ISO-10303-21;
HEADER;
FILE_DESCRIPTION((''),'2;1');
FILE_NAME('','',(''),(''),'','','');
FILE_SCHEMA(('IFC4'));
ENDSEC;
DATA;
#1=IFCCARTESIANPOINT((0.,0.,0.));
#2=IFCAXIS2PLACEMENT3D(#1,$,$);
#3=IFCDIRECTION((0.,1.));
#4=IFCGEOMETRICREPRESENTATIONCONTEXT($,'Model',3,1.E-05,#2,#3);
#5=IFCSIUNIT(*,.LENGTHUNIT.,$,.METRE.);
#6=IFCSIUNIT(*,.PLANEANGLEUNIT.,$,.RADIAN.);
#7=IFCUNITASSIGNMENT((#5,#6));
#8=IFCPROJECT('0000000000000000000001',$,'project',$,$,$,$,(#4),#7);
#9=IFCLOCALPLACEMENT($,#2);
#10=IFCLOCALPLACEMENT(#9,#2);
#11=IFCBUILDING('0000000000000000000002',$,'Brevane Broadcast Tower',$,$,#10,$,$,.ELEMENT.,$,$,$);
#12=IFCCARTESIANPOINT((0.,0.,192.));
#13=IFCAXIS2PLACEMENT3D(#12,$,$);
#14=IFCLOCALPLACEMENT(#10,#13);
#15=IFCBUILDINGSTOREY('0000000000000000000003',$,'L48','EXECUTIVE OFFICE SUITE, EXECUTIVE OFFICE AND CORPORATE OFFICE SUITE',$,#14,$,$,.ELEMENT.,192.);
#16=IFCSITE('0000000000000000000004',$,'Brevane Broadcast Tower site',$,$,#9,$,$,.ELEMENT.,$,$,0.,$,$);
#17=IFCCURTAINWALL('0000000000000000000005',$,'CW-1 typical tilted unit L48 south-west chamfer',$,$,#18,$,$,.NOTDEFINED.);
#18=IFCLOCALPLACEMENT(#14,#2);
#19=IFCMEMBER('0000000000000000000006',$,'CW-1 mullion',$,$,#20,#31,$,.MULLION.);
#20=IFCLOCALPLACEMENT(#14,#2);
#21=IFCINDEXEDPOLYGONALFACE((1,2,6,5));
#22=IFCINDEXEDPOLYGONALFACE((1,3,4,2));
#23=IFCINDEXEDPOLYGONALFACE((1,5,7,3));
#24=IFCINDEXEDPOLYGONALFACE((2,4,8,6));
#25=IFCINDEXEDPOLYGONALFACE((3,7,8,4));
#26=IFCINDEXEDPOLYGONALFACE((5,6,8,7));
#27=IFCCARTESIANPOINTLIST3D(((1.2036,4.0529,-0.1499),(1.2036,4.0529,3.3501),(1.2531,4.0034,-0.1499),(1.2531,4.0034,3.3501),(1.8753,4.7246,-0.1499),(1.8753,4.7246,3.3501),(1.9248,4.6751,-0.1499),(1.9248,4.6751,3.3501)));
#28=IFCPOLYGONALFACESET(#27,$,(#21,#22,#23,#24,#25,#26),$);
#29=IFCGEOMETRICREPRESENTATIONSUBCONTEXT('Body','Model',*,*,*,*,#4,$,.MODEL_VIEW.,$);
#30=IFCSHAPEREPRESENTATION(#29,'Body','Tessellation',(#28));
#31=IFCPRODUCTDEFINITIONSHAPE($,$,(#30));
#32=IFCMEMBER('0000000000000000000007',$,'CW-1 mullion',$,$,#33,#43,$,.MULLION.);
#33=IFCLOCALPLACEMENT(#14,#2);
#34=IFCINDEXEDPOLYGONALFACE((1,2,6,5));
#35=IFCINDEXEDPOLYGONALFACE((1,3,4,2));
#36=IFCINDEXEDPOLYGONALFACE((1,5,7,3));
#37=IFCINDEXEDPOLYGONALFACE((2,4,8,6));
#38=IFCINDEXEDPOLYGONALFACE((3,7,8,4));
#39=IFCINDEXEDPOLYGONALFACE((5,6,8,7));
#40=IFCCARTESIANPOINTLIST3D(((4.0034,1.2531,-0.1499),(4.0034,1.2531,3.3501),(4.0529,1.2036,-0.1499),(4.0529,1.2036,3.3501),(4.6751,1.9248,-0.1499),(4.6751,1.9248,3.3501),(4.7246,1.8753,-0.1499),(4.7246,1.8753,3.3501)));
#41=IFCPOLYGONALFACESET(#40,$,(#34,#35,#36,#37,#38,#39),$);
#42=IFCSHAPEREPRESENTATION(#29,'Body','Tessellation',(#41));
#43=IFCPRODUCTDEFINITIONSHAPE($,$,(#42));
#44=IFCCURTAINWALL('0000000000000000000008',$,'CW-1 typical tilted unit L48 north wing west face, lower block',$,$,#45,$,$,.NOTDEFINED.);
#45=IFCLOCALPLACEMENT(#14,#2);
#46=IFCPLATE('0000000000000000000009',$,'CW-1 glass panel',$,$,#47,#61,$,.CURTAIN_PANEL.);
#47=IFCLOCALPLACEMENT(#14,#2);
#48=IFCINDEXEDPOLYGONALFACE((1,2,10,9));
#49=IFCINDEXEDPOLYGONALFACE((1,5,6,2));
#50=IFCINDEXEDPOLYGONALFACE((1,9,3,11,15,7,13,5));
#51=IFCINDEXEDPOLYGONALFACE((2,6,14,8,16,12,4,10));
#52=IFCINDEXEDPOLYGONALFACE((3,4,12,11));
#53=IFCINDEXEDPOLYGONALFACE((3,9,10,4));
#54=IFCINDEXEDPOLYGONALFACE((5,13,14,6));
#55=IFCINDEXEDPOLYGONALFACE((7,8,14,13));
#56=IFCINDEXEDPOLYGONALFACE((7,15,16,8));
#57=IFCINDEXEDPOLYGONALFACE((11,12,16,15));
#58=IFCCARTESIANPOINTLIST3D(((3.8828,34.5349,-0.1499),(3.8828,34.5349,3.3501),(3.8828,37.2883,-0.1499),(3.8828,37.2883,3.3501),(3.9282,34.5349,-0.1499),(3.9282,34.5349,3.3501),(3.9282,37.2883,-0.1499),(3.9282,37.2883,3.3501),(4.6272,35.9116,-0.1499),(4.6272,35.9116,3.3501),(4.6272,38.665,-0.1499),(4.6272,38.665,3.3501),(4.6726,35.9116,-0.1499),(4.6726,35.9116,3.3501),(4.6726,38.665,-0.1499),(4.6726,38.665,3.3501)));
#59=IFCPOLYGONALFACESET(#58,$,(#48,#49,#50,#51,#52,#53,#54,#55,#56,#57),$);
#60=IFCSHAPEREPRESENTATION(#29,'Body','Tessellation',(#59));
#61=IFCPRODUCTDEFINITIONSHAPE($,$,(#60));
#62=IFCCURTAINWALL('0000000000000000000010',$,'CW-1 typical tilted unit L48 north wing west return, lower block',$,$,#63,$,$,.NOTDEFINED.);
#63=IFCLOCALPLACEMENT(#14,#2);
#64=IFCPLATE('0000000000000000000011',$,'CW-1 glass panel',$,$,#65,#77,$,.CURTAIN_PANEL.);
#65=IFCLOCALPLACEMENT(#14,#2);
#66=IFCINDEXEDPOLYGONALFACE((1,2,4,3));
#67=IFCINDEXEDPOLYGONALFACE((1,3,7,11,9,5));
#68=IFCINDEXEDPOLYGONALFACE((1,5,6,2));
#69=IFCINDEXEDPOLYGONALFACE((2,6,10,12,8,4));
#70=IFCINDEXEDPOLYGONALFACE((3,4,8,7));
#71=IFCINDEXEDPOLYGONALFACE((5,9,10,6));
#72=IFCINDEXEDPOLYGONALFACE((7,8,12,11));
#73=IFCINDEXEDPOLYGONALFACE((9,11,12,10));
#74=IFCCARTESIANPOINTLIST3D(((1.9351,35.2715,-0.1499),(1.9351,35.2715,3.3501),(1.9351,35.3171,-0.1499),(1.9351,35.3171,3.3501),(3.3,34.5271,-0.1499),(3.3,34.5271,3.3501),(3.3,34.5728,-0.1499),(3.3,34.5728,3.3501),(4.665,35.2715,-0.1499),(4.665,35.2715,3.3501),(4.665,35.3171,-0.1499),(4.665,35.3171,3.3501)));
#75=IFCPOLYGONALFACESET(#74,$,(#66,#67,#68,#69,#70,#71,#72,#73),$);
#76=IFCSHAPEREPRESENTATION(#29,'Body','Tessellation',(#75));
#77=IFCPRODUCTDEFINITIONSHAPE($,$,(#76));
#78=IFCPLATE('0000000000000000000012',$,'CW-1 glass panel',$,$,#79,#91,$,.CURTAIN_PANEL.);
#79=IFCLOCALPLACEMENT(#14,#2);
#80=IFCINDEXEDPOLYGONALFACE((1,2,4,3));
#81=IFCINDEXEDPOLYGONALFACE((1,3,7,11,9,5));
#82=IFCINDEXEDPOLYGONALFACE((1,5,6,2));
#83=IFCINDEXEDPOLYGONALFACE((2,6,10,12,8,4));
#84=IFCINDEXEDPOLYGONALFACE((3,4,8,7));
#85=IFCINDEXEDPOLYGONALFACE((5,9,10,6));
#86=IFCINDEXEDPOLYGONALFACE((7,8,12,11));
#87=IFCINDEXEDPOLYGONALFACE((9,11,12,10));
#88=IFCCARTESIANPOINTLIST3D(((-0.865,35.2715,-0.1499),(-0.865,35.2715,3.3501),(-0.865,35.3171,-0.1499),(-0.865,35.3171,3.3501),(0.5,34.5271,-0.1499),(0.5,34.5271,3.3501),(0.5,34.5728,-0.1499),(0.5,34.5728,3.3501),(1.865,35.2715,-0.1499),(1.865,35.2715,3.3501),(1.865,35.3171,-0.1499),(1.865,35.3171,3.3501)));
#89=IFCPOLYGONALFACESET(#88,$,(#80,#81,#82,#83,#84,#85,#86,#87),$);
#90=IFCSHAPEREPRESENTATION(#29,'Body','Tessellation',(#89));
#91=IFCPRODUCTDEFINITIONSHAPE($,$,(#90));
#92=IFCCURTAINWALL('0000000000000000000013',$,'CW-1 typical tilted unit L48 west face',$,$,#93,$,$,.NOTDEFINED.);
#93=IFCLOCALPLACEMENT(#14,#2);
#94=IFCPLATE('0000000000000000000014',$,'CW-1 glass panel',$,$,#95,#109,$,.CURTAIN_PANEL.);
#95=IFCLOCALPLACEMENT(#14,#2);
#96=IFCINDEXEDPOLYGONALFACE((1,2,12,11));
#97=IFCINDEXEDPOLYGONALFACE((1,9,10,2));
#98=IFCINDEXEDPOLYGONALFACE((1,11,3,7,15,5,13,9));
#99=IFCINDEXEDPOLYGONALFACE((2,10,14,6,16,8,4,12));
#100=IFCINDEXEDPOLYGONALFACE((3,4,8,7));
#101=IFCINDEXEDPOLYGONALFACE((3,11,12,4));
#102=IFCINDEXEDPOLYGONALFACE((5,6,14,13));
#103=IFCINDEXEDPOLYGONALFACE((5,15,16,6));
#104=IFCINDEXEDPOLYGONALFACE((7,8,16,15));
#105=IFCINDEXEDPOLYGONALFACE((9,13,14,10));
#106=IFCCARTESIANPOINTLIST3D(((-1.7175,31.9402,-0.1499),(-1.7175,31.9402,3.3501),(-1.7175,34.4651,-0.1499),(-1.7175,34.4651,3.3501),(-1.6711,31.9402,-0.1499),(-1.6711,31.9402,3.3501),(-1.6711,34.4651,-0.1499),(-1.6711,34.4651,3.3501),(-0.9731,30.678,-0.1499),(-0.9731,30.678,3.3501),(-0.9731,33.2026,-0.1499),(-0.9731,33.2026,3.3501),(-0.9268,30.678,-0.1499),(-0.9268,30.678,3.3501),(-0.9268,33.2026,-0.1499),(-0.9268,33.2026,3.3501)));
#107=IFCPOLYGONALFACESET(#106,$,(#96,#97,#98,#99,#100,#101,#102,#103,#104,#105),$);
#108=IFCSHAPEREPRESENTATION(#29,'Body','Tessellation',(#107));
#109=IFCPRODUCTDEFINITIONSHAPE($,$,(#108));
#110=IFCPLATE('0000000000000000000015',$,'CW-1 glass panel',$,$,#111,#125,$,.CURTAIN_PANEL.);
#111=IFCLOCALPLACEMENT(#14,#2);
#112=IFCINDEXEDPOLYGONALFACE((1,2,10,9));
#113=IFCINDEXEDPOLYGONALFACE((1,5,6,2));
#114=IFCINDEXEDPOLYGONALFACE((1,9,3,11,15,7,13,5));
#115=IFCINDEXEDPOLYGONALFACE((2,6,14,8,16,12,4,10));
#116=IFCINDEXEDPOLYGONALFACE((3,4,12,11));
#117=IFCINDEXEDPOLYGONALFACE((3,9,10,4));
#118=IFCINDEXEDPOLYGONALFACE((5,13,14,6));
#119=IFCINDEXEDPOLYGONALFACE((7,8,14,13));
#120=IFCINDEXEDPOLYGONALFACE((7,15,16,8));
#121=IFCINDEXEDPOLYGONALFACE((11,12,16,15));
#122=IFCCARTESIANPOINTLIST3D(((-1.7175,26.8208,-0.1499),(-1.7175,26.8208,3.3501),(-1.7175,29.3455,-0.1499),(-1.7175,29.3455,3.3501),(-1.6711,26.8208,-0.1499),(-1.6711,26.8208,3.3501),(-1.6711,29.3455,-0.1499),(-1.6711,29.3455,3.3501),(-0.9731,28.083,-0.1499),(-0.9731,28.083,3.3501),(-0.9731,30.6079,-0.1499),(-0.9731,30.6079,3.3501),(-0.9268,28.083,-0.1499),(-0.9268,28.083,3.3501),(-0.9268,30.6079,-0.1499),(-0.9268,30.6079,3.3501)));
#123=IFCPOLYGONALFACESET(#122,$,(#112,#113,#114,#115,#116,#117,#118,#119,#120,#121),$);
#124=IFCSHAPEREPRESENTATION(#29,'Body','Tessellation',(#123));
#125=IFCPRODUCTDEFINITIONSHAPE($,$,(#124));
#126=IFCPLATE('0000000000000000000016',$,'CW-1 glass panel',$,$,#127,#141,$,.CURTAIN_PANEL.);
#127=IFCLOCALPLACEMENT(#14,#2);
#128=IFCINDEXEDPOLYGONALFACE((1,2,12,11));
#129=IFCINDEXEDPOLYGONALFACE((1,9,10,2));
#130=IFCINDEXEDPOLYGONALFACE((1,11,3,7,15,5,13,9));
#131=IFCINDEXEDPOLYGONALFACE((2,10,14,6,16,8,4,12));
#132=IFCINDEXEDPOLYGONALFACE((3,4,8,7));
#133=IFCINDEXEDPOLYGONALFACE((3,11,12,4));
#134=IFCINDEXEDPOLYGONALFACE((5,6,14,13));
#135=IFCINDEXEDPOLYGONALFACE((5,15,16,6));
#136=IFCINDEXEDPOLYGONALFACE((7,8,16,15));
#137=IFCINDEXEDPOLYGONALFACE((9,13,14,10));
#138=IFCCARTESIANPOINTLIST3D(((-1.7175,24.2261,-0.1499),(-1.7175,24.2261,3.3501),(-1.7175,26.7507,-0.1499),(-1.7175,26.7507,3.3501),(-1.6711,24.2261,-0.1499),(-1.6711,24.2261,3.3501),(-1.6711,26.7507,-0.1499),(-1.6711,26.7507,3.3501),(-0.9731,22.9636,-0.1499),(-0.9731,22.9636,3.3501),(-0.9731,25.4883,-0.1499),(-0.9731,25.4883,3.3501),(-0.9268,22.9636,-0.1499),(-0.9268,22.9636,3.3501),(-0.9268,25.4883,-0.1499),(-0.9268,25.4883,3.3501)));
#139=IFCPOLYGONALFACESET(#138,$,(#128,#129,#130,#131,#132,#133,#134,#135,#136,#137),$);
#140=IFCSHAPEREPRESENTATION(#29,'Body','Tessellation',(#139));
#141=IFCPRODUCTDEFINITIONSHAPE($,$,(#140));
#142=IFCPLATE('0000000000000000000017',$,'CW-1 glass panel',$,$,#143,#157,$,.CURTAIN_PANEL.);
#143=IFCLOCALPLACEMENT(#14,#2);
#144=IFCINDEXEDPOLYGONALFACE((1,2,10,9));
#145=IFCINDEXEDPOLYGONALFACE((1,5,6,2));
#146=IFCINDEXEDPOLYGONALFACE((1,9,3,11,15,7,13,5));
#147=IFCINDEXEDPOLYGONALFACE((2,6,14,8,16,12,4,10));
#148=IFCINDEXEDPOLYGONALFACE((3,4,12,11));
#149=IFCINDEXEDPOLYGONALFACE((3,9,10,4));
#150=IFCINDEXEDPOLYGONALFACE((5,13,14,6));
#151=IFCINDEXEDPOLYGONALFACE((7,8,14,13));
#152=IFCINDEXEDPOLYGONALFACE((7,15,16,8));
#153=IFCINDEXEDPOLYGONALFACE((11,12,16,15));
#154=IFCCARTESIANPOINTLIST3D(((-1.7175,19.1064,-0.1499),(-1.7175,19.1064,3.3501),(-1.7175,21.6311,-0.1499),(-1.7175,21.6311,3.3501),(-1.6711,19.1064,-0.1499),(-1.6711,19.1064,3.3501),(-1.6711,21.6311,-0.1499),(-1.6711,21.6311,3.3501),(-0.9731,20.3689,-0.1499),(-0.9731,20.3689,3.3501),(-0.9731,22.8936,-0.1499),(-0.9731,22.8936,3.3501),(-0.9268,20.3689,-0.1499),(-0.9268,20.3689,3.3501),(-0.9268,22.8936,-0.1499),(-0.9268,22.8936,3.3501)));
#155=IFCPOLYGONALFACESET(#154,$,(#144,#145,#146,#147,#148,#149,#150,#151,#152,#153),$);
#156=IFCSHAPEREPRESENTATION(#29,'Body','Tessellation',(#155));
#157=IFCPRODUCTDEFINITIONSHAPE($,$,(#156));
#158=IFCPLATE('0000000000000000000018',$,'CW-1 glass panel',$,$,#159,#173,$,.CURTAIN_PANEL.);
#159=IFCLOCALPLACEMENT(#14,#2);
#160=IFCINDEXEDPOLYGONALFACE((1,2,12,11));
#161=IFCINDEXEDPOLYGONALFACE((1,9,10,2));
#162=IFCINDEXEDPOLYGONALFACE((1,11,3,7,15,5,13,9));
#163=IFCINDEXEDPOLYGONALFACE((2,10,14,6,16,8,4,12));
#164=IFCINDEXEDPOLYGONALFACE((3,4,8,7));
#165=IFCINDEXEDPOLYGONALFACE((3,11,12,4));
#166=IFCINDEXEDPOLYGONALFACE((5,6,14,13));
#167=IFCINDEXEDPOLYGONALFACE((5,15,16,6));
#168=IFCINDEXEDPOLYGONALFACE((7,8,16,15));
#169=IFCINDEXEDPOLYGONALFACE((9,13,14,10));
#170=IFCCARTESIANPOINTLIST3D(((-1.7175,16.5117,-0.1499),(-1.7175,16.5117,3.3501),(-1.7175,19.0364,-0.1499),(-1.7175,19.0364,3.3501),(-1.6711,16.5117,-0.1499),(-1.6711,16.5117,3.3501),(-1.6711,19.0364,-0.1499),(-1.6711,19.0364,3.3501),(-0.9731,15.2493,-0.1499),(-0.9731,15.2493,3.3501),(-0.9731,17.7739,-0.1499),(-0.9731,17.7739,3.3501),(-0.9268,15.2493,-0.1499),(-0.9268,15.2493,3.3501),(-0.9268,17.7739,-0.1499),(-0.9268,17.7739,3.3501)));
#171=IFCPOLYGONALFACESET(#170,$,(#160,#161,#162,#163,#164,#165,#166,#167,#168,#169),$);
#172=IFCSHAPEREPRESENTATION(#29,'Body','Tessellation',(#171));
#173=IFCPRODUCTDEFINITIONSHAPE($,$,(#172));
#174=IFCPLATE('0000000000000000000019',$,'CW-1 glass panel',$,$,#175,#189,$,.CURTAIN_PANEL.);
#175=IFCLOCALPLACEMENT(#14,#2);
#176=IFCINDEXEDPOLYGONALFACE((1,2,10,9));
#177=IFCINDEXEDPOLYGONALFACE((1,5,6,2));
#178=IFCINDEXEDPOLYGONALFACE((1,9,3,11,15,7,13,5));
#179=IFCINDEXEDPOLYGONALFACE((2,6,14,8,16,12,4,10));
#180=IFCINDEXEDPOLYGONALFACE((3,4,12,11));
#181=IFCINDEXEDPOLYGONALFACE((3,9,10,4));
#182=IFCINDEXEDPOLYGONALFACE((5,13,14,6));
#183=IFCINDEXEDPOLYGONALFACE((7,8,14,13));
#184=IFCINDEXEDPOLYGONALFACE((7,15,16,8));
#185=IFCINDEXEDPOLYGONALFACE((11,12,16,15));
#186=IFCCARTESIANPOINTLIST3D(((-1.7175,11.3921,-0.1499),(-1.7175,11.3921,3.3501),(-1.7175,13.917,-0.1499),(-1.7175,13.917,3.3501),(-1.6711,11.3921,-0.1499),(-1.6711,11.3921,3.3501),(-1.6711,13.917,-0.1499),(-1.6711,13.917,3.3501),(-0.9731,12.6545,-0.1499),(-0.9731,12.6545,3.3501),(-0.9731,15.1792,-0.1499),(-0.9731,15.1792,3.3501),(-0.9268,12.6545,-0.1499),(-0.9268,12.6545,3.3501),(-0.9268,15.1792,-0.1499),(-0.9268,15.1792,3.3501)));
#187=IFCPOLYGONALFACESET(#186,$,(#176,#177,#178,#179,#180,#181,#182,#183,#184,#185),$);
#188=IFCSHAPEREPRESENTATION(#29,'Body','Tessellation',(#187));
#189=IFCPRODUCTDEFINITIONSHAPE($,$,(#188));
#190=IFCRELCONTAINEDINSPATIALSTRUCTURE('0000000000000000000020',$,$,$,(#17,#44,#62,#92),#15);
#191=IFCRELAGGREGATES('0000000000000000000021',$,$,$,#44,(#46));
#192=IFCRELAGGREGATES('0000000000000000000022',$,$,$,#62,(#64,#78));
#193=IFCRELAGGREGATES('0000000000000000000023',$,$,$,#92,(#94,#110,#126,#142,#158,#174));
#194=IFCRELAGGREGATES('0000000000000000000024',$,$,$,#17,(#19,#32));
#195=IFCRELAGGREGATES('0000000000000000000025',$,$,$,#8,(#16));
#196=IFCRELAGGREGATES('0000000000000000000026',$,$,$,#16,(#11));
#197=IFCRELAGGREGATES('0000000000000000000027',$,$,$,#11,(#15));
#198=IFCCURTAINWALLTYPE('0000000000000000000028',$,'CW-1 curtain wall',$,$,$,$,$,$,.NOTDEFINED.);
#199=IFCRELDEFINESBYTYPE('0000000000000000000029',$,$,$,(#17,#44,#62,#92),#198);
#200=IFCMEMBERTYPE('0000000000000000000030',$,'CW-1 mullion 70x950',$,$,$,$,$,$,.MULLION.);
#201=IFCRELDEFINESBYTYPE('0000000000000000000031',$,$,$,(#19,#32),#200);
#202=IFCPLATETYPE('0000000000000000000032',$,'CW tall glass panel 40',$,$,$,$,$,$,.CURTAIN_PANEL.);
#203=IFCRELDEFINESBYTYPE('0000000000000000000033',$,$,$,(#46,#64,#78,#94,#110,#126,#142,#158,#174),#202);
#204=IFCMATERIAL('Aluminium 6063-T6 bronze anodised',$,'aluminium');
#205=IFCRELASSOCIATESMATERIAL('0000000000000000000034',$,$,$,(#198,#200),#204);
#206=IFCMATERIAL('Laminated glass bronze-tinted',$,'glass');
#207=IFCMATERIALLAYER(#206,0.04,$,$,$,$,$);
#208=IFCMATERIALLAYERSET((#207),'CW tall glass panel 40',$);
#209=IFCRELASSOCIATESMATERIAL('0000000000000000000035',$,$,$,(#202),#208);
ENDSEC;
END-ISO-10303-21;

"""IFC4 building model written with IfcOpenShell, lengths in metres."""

from ifc_helpers import new_model, si_unit, direction, frame, origin, origin_2d, place, context, subcontext, project, spatial, polyline, rectangle, outline, extrude, material, layer, layer_set, material_profile, profile_set, type_object, element, aggregate, save


model = new_model("IFC4")

# Units and contexts
model_context = context("Model", 3, precision=1e-05, world=origin(), true_north=direction((0.0, 1.0)))
body_context = subcontext(model_context, "Body", "Model", "MODEL_VIEW")
ifc_project = project(units=[si_unit("LENGTHUNIT", "METRE"), si_unit("PLANEANGLEUNIT", "RADIAN")], contexts=[model_context])

# Site, building, storey
site_placement = place(None, origin())
site = spatial("IfcSite", under=ifc_project, at=site_placement, Name="Brevane Broadcast Tower site", CompositionType="ELEMENT", RefElevation=0.0)
building_placement = place(site_placement, origin())
building = spatial("IfcBuilding", under=site, at=building_placement, Name="Brevane Broadcast Tower", CompositionType="ELEMENT")
storey_placement = place(building_placement, frame((0.0, 0.0, 192.0)))
storey = spatial("IfcBuildingStorey", under=building, at=storey_placement, Name="L48", Description="EXECUTIVE OFFICE SUITE, EXECUTIVE OFFICE AND CORPORATE OFFICE SUITE", CompositionType="ELEMENT", Elevation=192.0)

# Curtain wall, members
ifc_material_1 = material(Name="Aluminium 6063-T6 bronze anodised", Category="aluminium")
curtain_wall_type = type_object("IfcCurtainWallType", Name="CW-1 curtain wall", PredefinedType="NOTDEFINED", material=ifc_material_1)
curtain_wall_1_placement = place(storey_placement, origin())
curtain_wall_1 = element("IfcCurtainWall", 1, at=curtain_wall_1_placement, inside=storey, type_object=curtain_wall_type, Name="CW-1 typical tilted unit L48 south-west chamfer", PredefinedType="NOTDEFINED")
ifc_material_profile = material_profile(ifc_material_1, rectangle(XDim=0.95, YDim=0.0701, at=origin_2d()), Name="RECT 70x950")
ifc_profile_set = profile_set([ifc_material_profile], Name="Aluminium 6063-T6 bronze anodised")
member_type = type_object("IfcMemberType", Name="CW-1 mullion 70x950", PredefinedType="MULLION", material=ifc_profile_set)
member_1_placement = place(storey_placement, frame((1.5642, 4.364, -0.1499), z_axis=(0.0, 0.0, 1.0), x_axis=(0.707107, 0.707107, 0.0)))
member_1 = element("IfcMember", 2, at=member_1_placement, type_object=member_type, Name="CW-1 mullion", PredefinedType="MULLION", context=body_context, shape_type="SweptSolid", body=[
    extrude(rectangle(XDim=0.95, YDim=0.0701, at=origin_2d()), origin(), (0.0, 0.0, 1.0), 3.5),
])
member_2_placement = place(storey_placement, frame((4.364, 1.5642, -0.1499), z_axis=(0.0, 0.0, 1.0), x_axis=(0.707107, 0.707107, 0.0)))
member_2 = element("IfcMember", 3, at=member_2_placement, type_object=member_type, Name="CW-1 mullion", PredefinedType="MULLION", context=body_context, shape_type="SweptSolid", body=[
    extrude(rectangle(XDim=0.95, YDim=0.0701, at=origin_2d()), origin(), (0.0, 0.0, 1.0), 3.5),
])

# Curtain wall, plate
curtain_wall_2_placement = place(storey_placement, origin())
curtain_wall_2 = element("IfcCurtainWall", 4, at=curtain_wall_2_placement, inside=storey, type_object=curtain_wall_type, Name="CW-1 typical tilted unit L48 north wing west face, lower block", PredefinedType="NOTDEFINED")
ifc_material_2 = material(Name="Laminated glass bronze-tinted", Category="glass")
ifc_layer_1 = layer(ifc_material_2, 0.04)
ifc_layer_set_1 = layer_set([ifc_layer_1], Name="CW tall glass panel 40")
plate_type = type_object("IfcPlateType", Name="CW tall glass panel 40", PredefinedType="CURTAIN_PANEL", material=ifc_layer_set_1)
plate_1_placement = place(storey_placement, frame((0.0, 0.0, -0.1499)))
plate_1 = element("IfcPlate", 5, at=plate_1_placement, type_object=plate_type, Name="CW-1 glass panel", PredefinedType="CURTAIN_PANEL", context=body_context, shape_type="SweptSolid", body=[
    extrude(outline(polyline([(4.6726, 38.665), (4.6272, 38.665), (3.8828, 37.2883), (4.6272, 35.9116), (3.8828, 34.5349), (3.9282, 34.5349), (4.6726, 35.9116), (3.9282, 37.2883), (4.6726, 38.665)])), origin(), (0.0, 0.0, 1.0), 3.5),
])
aggregate(curtain_wall_2, [plate_1])

# Curtain walls, plates
curtain_wall_3_placement = place(storey_placement, origin())
curtain_wall_3 = element("IfcCurtainWall", 6, at=curtain_wall_3_placement, inside=storey, type_object=curtain_wall_type, Name="CW-1 typical tilted unit L48 north wing west return, lower block", PredefinedType="NOTDEFINED")
plate_2_placement = place(storey_placement, frame((0.0, 0.0, -0.1499)))
plate_2 = element("IfcPlate", 7, at=plate_2_placement, type_object=plate_type, Name="CW-1 glass panel", PredefinedType="CURTAIN_PANEL", context=body_context, shape_type="SweptSolid", body=[
    extrude(outline(polyline([(4.665, 35.2715), (4.665, 35.3171), (3.3, 34.5728), (1.9351, 35.3171), (1.9351, 35.2715), (3.3, 34.5271), (4.665, 35.2715)])), origin(), (0.0, 0.0, 1.0), 3.5),
])
plate_3_placement = place(storey_placement, frame((0.0, 0.0, -0.1499)))
plate_3 = element("IfcPlate", 8, at=plate_3_placement, type_object=plate_type, Name="CW-1 glass panel", PredefinedType="CURTAIN_PANEL", context=body_context, shape_type="SweptSolid", body=[
    extrude(outline(polyline([(1.865, 35.2715), (1.865, 35.3171), (0.5, 34.5728), (-0.865, 35.3171), (-0.865, 35.2715), (0.5, 34.5271), (1.865, 35.2715)])), origin(), (0.0, 0.0, 1.0), 3.5),
])
aggregate(curtain_wall_3, [plate_2, plate_3])
curtain_wall_4_placement = place(storey_placement, origin())
curtain_wall_4 = element("IfcCurtainWall", 9, at=curtain_wall_4_placement, inside=storey, type_object=curtain_wall_type, Name="CW-1 typical tilted unit L48 west face", PredefinedType="NOTDEFINED")
plate_4_placement = place(storey_placement, frame((0.0, 0.0, -0.1499)))
plate_4 = element("IfcPlate", 10, at=plate_4_placement, type_object=plate_type, Name="CW-1 glass panel", PredefinedType="CURTAIN_PANEL", context=body_context, shape_type="SweptSolid", body=[
    extrude(outline(polyline([(-1.6711, 34.4651), (-1.7175, 34.4651), (-0.9731, 33.2026), (-1.7175, 31.9402), (-0.9731, 30.678), (-0.9268, 30.678), (-1.6711, 31.9402), (-0.9268, 33.2026), (-1.6711, 34.4651)])), origin(), (0.0, 0.0, 1.0), 3.5),
])
plate_5_placement = place(storey_placement, frame((0.0, 0.0, -0.1499)))
plate_5 = element("IfcPlate", 11, at=plate_5_placement, type_object=plate_type, Name="CW-1 glass panel", PredefinedType="CURTAIN_PANEL", context=body_context, shape_type="SweptSolid", body=[
    extrude(outline(polyline([(-0.9268, 30.6079), (-0.9731, 30.6079), (-1.7175, 29.3455), (-0.9731, 28.083), (-1.7175, 26.8208), (-1.6711, 26.8208), (-0.9268, 28.083), (-1.6711, 29.3455), (-0.9268, 30.6079)])), origin(), (0.0, 0.0, 1.0), 3.5),
])
plate_6_placement = place(storey_placement, frame((0.0, 0.0, -0.1499)))
plate_6 = element("IfcPlate", 12, at=plate_6_placement, type_object=plate_type, Name="CW-1 glass panel", PredefinedType="CURTAIN_PANEL", context=body_context, shape_type="SweptSolid", body=[
    extrude(outline(polyline([(-1.6711, 26.7507), (-1.7175, 26.7507), (-0.9731, 25.4883), (-1.7175, 24.2261), (-0.9731, 22.9636), (-0.9268, 22.9636), (-1.6711, 24.2261), (-0.9268, 25.4883), (-1.6711, 26.7507)])), origin(), (0.0, 0.0, 1.0), 3.5),
])
plate_7_placement = place(storey_placement, frame((0.0, 0.0, -0.1499)))
plate_7 = element("IfcPlate", 13, at=plate_7_placement, type_object=plate_type, Name="CW-1 glass panel", PredefinedType="CURTAIN_PANEL", context=body_context, shape_type="SweptSolid", body=[
    extrude(outline(polyline([(-0.9268, 22.8936), (-0.9731, 22.8936), (-1.7175, 21.6311), (-0.9731, 20.3689), (-1.7175, 19.1064), (-1.6711, 19.1064), (-0.9268, 20.3689), (-1.6711, 21.6311), (-0.9268, 22.8936)])), origin(), (0.0, 0.0, 1.0), 3.5),
])
plate_8_placement = place(storey_placement, frame((0.0, 0.0, -0.1499)))
plate_8 = element("IfcPlate", 14, at=plate_8_placement, type_object=plate_type, Name="CW-1 glass panel", PredefinedType="CURTAIN_PANEL", context=body_context, shape_type="SweptSolid", body=[
    extrude(outline(polyline([(-1.6711, 19.0364), (-1.7175, 19.0364), (-0.9731, 17.7739), (-1.7175, 16.5117), (-0.9731, 15.2493), (-0.9268, 15.2493), (-1.6711, 16.5117), (-0.9268, 17.7739), (-1.6711, 19.0364)])), origin(), (0.0, 0.0, 1.0), 3.5),
])
plate_9_placement = place(storey_placement, frame((0.0, 0.0, -0.1499)))
plate_9 = element("IfcPlate", 15, at=plate_9_placement, type_object=plate_type, Name="CW-1 glass panel", PredefinedType="CURTAIN_PANEL", context=body_context, shape_type="SweptSolid", body=[
    extrude(outline(polyline([(-0.9268, 15.1792), (-0.9731, 15.1792), (-1.7175, 13.917), (-0.9731, 12.6545), (-1.7175, 11.3921), (-1.6711, 11.3921), (-0.9268, 12.6545), (-1.6711, 13.917), (-0.9268, 15.1792)])), origin(), (0.0, 0.0, 1.0), 3.5),
])
aggregate(curtain_wall_4, [plate_4, plate_5, plate_6, plate_7, plate_8, plate_9])

aggregate(curtain_wall_1, [member_1, member_2])

save(model, "model.ifc")
